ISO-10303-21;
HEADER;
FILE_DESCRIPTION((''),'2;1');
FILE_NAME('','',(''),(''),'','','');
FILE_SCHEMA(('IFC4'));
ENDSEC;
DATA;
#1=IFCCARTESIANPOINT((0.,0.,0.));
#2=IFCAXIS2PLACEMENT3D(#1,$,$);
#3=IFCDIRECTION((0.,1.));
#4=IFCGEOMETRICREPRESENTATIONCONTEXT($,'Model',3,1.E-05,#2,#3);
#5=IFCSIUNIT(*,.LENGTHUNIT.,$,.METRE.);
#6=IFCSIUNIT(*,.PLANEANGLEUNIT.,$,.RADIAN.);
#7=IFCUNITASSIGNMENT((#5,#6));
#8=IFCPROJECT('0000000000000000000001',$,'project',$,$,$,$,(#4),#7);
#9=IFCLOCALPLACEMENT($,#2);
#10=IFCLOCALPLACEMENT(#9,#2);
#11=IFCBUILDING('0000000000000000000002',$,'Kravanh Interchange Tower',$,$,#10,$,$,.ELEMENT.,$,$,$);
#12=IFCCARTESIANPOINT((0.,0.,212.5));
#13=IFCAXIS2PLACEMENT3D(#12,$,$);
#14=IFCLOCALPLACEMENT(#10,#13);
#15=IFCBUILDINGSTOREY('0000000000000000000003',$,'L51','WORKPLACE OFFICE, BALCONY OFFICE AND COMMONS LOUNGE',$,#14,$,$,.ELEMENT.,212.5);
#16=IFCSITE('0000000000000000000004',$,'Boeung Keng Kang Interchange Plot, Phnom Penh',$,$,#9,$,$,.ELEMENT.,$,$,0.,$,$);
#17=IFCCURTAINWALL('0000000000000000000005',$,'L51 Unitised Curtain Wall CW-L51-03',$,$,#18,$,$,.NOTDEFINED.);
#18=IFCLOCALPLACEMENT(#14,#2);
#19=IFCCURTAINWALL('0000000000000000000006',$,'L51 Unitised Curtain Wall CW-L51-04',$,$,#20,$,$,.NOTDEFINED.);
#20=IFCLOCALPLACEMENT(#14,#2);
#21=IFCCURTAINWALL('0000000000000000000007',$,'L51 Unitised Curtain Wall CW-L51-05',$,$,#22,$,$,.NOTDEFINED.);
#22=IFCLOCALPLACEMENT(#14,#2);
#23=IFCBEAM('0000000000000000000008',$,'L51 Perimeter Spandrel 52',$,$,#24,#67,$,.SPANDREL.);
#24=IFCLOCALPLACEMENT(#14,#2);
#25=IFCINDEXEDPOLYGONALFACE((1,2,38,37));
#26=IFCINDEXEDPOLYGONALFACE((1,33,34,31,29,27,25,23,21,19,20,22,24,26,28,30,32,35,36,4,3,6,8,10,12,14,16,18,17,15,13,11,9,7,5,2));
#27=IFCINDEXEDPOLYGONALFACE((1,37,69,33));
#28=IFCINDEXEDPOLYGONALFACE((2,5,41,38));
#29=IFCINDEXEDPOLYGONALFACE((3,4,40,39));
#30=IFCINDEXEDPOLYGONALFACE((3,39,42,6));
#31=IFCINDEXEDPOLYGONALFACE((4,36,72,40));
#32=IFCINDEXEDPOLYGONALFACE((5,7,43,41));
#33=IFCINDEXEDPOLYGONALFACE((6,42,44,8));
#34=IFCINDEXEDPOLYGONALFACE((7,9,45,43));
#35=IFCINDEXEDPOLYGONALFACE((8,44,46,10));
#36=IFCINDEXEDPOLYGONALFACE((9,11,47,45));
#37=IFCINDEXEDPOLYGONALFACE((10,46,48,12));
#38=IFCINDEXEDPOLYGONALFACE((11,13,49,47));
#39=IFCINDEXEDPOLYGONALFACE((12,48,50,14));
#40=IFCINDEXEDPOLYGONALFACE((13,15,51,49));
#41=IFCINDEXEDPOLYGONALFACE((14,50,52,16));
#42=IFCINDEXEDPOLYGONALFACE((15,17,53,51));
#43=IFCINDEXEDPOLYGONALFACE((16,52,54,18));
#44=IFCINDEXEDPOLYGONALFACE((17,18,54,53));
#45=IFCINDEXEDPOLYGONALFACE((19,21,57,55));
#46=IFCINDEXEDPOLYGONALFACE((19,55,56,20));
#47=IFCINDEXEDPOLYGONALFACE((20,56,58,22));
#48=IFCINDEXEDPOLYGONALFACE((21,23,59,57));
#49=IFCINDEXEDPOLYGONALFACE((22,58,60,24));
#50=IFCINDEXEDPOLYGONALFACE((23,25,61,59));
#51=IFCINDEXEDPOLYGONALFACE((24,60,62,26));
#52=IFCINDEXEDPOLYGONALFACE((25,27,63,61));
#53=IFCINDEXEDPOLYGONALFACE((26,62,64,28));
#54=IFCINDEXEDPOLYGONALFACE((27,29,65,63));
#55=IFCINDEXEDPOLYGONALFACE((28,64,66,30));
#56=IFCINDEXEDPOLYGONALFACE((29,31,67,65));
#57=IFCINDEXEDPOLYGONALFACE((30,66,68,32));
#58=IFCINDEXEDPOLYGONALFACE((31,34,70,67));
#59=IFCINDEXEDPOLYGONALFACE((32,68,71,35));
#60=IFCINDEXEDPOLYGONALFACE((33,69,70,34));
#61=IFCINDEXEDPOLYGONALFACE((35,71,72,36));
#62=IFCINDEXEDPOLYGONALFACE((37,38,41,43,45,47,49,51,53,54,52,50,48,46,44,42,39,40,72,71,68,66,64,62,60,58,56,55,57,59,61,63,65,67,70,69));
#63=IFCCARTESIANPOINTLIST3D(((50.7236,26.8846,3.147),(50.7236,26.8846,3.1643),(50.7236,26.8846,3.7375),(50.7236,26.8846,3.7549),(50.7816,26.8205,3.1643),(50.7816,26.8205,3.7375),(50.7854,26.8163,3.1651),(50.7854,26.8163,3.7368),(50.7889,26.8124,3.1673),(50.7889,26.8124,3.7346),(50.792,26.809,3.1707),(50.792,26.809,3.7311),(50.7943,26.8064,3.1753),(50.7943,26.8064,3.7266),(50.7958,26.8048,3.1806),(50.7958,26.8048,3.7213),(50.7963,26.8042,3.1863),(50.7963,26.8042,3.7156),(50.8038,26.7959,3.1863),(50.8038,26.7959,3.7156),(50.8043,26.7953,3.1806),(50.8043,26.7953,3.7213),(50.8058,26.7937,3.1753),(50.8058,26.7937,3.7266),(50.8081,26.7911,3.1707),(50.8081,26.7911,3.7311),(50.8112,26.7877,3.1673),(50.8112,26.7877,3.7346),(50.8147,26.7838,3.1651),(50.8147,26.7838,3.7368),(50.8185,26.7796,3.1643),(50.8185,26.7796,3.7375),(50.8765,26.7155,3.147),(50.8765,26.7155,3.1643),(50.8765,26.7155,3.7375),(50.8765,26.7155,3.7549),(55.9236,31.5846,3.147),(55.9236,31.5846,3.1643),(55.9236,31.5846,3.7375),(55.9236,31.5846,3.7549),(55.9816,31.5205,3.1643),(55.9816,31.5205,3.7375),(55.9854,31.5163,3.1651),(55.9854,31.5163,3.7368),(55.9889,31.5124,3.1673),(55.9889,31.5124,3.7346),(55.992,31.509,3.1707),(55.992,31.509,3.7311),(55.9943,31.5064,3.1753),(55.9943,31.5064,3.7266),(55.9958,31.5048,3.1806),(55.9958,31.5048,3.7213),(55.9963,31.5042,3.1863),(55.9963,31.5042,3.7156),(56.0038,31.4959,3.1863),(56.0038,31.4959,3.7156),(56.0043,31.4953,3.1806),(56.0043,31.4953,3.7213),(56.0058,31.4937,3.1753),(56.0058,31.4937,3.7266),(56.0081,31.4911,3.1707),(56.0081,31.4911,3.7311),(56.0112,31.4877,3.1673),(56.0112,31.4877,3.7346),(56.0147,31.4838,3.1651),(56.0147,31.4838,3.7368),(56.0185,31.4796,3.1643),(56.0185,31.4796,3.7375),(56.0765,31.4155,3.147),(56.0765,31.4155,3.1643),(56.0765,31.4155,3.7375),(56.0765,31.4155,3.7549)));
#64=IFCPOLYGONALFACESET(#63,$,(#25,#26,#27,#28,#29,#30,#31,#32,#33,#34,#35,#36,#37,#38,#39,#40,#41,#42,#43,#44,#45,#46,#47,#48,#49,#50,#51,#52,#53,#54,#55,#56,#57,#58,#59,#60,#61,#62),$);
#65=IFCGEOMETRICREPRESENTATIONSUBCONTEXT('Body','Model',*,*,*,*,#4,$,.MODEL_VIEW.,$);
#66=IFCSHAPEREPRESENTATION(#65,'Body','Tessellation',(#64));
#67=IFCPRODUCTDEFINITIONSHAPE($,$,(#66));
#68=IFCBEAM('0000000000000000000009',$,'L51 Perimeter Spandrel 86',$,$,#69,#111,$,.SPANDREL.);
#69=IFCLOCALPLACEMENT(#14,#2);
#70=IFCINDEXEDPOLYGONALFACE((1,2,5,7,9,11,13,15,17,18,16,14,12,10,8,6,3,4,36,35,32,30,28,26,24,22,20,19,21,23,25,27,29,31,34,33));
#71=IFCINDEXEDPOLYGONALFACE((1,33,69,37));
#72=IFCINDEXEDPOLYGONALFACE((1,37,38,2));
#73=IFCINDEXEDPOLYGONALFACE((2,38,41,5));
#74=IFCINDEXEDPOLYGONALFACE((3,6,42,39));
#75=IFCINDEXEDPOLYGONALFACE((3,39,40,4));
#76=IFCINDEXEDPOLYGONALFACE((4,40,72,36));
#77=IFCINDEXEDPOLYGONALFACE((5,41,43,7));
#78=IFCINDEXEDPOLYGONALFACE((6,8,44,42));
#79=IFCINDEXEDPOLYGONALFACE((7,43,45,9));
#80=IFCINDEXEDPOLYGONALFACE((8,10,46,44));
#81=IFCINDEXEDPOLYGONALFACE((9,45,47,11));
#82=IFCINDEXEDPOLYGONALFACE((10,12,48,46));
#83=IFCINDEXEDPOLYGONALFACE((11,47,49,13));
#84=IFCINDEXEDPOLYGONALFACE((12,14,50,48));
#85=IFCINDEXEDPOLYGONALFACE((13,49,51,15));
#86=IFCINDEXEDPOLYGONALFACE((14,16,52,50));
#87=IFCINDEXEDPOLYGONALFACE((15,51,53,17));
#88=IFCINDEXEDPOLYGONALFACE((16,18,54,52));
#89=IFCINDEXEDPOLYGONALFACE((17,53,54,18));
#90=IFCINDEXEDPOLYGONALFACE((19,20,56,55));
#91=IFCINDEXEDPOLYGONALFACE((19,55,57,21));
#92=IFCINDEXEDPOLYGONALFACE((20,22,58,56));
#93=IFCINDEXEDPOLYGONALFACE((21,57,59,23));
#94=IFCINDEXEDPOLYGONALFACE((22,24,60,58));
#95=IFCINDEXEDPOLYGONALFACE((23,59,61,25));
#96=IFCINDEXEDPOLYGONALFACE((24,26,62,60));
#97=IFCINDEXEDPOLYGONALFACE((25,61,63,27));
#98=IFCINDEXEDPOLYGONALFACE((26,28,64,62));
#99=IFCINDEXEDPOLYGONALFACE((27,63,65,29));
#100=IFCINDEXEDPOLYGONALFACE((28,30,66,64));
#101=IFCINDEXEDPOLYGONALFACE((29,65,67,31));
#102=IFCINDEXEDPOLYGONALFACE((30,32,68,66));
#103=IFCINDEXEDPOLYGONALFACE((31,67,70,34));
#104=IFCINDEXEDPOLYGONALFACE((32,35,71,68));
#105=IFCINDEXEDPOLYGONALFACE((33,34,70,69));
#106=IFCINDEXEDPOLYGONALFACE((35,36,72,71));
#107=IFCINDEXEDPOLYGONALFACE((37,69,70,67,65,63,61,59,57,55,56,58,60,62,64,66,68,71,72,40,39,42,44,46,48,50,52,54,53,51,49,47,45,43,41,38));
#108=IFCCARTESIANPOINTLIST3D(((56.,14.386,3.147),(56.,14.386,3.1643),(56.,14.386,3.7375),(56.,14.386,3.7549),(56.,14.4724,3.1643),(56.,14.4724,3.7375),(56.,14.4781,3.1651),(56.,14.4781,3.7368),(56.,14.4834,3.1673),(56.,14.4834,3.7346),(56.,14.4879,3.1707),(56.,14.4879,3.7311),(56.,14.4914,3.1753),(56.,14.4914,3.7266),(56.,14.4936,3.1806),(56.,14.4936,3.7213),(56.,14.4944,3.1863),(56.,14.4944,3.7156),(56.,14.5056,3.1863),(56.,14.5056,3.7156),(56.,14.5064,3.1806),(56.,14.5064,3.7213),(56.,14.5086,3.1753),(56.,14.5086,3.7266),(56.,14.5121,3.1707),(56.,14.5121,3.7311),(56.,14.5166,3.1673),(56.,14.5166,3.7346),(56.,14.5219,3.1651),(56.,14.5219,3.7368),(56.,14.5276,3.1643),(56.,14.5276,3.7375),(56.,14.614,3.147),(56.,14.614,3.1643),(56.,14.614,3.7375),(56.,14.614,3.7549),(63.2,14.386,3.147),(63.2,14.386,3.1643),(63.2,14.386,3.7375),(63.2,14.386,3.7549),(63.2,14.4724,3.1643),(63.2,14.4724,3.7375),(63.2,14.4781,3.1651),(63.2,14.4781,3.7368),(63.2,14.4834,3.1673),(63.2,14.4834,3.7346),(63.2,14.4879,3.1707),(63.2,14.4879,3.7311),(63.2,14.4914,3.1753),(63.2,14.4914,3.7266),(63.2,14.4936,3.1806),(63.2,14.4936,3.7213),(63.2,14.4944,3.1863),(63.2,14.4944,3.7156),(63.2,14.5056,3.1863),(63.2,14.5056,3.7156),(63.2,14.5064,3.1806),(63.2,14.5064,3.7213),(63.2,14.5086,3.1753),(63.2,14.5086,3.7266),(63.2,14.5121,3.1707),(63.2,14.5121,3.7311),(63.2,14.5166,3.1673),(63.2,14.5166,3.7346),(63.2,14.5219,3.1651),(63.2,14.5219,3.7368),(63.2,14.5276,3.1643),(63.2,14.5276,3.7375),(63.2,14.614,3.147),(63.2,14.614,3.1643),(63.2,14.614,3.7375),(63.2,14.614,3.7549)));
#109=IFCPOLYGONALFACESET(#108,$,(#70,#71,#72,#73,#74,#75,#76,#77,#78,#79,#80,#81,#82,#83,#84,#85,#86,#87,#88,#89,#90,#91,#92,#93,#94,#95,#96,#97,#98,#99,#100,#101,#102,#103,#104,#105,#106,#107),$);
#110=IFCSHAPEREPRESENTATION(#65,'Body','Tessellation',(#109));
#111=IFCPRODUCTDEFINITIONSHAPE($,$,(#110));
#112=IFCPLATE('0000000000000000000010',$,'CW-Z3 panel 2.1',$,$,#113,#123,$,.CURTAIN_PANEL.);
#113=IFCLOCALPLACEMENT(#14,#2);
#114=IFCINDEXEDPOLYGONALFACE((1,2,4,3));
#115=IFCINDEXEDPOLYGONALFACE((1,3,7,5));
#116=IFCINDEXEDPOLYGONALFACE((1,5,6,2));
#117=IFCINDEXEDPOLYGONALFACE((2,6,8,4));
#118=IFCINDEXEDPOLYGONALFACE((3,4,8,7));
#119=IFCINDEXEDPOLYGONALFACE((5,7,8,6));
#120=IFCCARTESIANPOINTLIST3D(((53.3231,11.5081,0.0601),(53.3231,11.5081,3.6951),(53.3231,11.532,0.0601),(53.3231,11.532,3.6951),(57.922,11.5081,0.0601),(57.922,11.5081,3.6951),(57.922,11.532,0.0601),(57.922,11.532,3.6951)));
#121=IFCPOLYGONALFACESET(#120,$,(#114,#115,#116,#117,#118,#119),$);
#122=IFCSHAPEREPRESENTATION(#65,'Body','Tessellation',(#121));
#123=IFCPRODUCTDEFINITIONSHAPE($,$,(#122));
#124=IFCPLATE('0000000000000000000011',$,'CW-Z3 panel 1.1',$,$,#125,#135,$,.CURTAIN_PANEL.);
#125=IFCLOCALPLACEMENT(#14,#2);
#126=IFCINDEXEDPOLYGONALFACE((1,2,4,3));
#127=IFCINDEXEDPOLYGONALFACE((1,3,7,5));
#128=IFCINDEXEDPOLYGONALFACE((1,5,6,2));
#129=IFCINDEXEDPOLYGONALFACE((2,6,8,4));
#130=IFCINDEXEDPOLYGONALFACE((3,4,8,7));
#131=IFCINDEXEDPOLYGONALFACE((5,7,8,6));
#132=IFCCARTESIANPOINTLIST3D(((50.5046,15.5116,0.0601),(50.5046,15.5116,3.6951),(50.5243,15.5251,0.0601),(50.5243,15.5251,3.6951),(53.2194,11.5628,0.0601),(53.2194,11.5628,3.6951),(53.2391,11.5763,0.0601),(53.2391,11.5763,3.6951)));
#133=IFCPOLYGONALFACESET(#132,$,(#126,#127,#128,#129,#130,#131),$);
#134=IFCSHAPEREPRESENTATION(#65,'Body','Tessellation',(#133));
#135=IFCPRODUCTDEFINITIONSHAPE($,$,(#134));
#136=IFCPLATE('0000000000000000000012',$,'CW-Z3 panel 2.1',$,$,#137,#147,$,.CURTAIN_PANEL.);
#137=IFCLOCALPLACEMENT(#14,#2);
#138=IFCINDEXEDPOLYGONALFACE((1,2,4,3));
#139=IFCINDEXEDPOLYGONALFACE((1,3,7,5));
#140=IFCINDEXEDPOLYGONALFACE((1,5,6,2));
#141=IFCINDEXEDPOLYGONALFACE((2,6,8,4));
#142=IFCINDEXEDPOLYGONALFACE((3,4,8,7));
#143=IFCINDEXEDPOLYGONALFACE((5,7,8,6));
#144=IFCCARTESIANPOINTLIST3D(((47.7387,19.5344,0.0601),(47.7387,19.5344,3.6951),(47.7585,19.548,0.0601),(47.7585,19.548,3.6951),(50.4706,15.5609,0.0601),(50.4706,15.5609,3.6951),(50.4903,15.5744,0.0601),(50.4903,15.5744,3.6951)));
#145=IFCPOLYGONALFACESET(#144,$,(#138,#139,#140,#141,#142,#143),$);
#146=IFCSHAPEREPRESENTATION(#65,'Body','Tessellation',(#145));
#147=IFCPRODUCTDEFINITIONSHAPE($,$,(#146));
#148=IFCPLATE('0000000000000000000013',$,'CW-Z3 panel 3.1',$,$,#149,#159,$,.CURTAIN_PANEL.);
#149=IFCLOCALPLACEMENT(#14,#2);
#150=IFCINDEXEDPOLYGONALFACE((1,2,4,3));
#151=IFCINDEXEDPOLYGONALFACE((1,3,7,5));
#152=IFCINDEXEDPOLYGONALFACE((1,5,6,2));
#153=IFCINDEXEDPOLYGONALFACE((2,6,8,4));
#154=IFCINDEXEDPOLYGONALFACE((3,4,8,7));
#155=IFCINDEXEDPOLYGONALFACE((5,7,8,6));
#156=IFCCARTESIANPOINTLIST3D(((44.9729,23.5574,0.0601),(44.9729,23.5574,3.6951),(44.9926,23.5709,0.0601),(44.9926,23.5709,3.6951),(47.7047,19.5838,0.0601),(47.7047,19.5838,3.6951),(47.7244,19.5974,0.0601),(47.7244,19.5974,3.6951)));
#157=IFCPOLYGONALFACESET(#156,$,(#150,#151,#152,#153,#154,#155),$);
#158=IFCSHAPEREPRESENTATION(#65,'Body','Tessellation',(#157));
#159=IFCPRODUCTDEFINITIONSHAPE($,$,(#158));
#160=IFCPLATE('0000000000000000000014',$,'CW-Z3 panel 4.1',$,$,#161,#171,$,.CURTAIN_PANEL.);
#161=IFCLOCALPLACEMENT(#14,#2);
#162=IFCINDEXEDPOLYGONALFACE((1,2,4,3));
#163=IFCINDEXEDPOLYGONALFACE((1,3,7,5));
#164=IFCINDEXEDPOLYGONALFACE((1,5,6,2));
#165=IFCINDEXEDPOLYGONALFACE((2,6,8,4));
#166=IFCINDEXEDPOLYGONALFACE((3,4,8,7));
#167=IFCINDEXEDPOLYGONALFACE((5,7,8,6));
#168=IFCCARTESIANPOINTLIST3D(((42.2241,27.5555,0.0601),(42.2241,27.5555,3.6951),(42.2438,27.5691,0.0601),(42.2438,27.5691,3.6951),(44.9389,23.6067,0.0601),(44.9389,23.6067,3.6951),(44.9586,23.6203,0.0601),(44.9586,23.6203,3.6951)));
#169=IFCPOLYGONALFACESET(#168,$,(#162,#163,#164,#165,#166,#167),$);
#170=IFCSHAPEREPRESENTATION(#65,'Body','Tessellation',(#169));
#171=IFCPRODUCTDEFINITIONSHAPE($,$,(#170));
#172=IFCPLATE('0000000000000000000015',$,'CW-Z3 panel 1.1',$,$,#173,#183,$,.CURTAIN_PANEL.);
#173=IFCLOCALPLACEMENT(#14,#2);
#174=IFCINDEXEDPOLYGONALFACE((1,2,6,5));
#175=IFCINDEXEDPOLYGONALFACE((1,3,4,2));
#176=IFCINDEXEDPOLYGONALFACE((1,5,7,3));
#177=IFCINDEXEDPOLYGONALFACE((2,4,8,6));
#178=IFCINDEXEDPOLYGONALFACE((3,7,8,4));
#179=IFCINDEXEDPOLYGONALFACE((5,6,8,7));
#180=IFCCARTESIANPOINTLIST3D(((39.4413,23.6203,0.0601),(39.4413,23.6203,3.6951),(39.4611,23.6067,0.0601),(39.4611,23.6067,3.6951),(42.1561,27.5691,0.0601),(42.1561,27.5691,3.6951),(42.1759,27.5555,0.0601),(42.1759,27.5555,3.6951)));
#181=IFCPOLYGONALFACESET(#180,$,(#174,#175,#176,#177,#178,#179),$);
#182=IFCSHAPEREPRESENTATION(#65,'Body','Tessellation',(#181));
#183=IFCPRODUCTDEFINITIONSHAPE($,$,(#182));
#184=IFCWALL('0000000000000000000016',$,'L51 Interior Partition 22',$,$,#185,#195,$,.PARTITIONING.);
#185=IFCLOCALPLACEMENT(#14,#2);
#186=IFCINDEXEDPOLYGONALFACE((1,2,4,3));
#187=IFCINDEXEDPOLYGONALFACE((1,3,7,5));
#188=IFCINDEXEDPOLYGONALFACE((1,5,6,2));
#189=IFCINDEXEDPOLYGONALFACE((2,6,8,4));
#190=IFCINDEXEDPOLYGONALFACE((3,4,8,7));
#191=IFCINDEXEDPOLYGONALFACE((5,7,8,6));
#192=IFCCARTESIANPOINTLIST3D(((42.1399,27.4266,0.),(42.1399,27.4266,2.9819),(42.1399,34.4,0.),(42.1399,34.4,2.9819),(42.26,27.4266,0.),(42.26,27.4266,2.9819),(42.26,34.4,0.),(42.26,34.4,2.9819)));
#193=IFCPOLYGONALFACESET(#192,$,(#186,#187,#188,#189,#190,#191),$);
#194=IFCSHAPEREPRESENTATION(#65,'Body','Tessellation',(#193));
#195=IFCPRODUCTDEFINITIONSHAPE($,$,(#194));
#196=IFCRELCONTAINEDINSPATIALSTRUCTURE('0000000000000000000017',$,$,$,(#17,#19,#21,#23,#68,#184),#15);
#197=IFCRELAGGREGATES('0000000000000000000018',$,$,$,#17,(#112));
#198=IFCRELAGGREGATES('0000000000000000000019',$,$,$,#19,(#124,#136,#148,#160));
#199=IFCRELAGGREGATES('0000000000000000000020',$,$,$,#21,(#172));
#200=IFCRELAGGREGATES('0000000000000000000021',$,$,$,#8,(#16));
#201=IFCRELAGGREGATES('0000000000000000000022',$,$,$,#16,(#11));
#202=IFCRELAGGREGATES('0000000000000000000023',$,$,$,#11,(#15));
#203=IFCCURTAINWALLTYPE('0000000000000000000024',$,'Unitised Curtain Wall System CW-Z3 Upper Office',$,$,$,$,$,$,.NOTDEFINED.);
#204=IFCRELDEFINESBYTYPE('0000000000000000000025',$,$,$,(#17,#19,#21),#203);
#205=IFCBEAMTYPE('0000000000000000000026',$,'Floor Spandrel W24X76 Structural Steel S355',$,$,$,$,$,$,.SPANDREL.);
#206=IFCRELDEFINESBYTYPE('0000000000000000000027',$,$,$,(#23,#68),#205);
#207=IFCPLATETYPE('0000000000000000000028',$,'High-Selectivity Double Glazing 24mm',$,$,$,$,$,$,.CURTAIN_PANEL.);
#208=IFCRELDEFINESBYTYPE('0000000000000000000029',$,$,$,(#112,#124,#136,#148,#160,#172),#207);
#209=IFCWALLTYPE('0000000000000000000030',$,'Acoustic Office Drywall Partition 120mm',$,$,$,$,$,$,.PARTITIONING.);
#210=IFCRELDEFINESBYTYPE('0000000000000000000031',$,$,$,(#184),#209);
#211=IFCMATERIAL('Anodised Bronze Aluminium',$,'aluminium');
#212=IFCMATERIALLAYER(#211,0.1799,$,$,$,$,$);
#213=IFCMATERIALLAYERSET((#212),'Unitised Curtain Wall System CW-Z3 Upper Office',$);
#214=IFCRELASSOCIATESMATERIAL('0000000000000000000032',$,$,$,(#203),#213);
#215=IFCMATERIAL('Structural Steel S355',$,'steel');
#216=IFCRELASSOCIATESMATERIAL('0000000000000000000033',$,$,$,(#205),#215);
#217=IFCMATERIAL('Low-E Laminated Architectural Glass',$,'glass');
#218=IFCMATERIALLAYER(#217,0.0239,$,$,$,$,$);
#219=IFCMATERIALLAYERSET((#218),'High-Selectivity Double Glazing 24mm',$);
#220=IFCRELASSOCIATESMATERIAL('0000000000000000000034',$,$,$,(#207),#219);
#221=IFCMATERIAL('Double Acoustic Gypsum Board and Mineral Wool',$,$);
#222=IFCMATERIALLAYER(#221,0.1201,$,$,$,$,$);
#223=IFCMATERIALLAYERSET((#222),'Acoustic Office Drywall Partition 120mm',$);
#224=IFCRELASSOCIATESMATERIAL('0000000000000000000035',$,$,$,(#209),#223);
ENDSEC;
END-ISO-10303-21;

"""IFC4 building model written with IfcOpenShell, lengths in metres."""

from ifc_helpers import new_model, si_unit, direction, frame, frame_2d, origin, origin_2d, place, context, subcontext, project, spatial, rectangle, i_section, extrude, material, layer, layer_set, material_profile, profile_set, type_object, element, aggregate, save


model = new_model("IFC4")

# Units and contexts
model_context = context("Model", 3, precision=1e-05, world=origin(), true_north=direction((0.0, 1.0)))
body_context = subcontext(model_context, "Body", "Model", "MODEL_VIEW")
ifc_project = project(units=[si_unit("LENGTHUNIT", "METRE"), si_unit("PLANEANGLEUNIT", "RADIAN")], contexts=[model_context])

# Site, building, storey
site_placement = place(None, origin())
site = spatial("IfcSite", under=ifc_project, at=site_placement, Name="Boeung Keng Kang Interchange Plot, Phnom Penh", CompositionType="ELEMENT", RefElevation=0.0)
building_placement = place(site_placement, origin())
building = spatial("IfcBuilding", under=site, at=building_placement, Name="Kravanh Interchange Tower", CompositionType="ELEMENT")
storey_placement = place(building_placement, frame((0.0, 0.0, 212.5)))
storey = spatial("IfcBuildingStorey", under=building, at=storey_placement, Name="L51", Description="WORKPLACE OFFICE, BALCONY OFFICE AND COMMONS LOUNGE", CompositionType="ELEMENT", Elevation=212.5)

# Curtain wall
ifc_material_1 = material(Name="Anodised Bronze Aluminium", Category="aluminium")
ifc_layer_1 = layer(ifc_material_1, 0.1799)
ifc_layer_set_1 = layer_set([ifc_layer_1], Name="Unitised Curtain Wall System CW-Z3 Upper Office")
curtain_wall_type = type_object("IfcCurtainWallType", Name="Unitised Curtain Wall System CW-Z3 Upper Office", PredefinedType="NOTDEFINED", material=ifc_layer_set_1)
curtain_wall_1_placement = place(storey_placement, origin())
curtain_wall_1 = element("IfcCurtainWall", 1, at=curtain_wall_1_placement, inside=storey, type_object=curtain_wall_type, Name="L51 Unitised Curtain Wall CW-L51-03", PredefinedType="NOTDEFINED")

# Curtain walls
curtain_wall_2_placement = place(storey_placement, origin())
curtain_wall_2 = element("IfcCurtainWall", 2, at=curtain_wall_2_placement, inside=storey, type_object=curtain_wall_type, Name="L51 Unitised Curtain Wall CW-L51-04", PredefinedType="NOTDEFINED")
curtain_wall_3_placement = place(storey_placement, origin())
curtain_wall_3 = element("IfcCurtainWall", 3, at=curtain_wall_3_placement, inside=storey, type_object=curtain_wall_type, Name="L51 Unitised Curtain Wall CW-L51-05", PredefinedType="NOTDEFINED")

# Beams
ifc_material_2 = material(Name="Structural Steel S355", Category="steel")
ifc_material_profile_1 = material_profile(ifc_material_2, i_section(OverallWidth=0.228, OverallDepth=0.6079, WebThickness=0.0112, FlangeThickness=0.0173, FilletRadius=0.022, at=origin_2d()), Name="W24X76")
ifc_profile_set_1 = profile_set([ifc_material_profile_1], Name="Structural Steel S355")
beam_type_1 = type_object("IfcBeamType", Name="Floor Spandrel W24X76 Structural Steel S355", PredefinedType="SPANDREL", material=ifc_profile_set_1)
beam_1_placement = place(storey_placement, frame((50.8, 26.8, 3.4509), z_axis=(0.741874, 0.670539, 0.0), x_axis=(-0.670539, 0.741874, 0.0)))
element("IfcBeam", 4, at=beam_1_placement, inside=storey, type_object=beam_type_1, Name="L51 Perimeter Spandrel 52", PredefinedType="SPANDREL", context=body_context, shape_type="SweptSolid", body=[
    extrude(i_section(OverallWidth=0.228, OverallDepth=0.6079, WebThickness=0.0112, FlangeThickness=0.0173, FilletRadius=0.022, at=origin_2d()), origin(), (0.0, 0.0, 1.0), 7.0093),
])
beam_2_placement = place(storey_placement, frame((56.0, 14.5, 3.4509), z_axis=(1.0, 0.0, 0.0), x_axis=(0.0, 1.0, 0.0)))
element("IfcBeam", 5, at=beam_2_placement, inside=storey, type_object=beam_type_1, Name="L51 Perimeter Spandrel 86", PredefinedType="SPANDREL", context=body_context, shape_type="SweptSolid", body=[
    extrude(i_section(OverallWidth=0.228, OverallDepth=0.6079, WebThickness=0.0112, FlangeThickness=0.0173, FilletRadius=0.022, at=origin_2d()), origin(), (0.0, 0.0, 1.0), 7.2),
])

# Plates
ifc_material_3 = material(Name="Low-E Laminated Architectural Glass", Category="glass")
ifc_layer_2 = layer(ifc_material_3, 0.0239)
ifc_layer_set_2 = layer_set([ifc_layer_2], Name="High-Selectivity Double Glazing 24mm")
plate_type = type_object("IfcPlateType", Name="High-Selectivity Double Glazing 24mm", PredefinedType="CURTAIN_PANEL", material=ifc_layer_set_2)
plate_1_placement = place(storey_placement, frame((55.6226, 11.52, 0.0601), z_axis=(0.0, 0.0, 1.0), x_axis=(-1.0, 0.0, 0.0)))
plate_1 = element("IfcPlate", 6, at=plate_1_placement, type_object=plate_type, Name="CW-Z3 panel 2.1", PredefinedType="CURTAIN_PANEL", context=body_context, shape_type="SweptSolid", body=[
    extrude(rectangle(XDim=4.5989, YDim=0.0239, at=origin_2d()), origin(), (0.0, 0.0, 1.0), 3.635),
])
aggregate(curtain_wall_1, [plate_1])
plate_2_placement = place(storey_placement, frame((51.8718, 13.5439, 0.0601), z_axis=(0.0, 0.0, 1.0), x_axis=(-0.566528, 0.824042, 0.0)))
plate_2 = element("IfcPlate", 7, at=plate_2_placement, type_object=plate_type, Name="CW-Z3 panel 1.1", PredefinedType="CURTAIN_PANEL", context=body_context, shape_type="SweptSolid", body=[
    extrude(rectangle(XDim=4.792, YDim=0.0239, at=origin_2d()), origin(), (0.0, 0.0, 1.0), 3.635),
])
plate_3_placement = place(storey_placement, frame((49.1145, 17.5544, 0.0601), z_axis=(0.0, 0.0, 1.0), x_axis=(-0.566528, 0.824042, 0.0)))
plate_3 = element("IfcPlate", 8, at=plate_3_placement, type_object=plate_type, Name="CW-Z3 panel 2.1", PredefinedType="CURTAIN_PANEL", context=body_context, shape_type="SweptSolid", body=[
    extrude(rectangle(XDim=4.822, YDim=0.0239, at=origin_2d()), origin(), (0.0, 0.0, 1.0), 3.635),
])
plate_4_placement = place(storey_placement, frame((46.3486, 21.5774, 0.0601), z_axis=(0.0, 0.0, 1.0), x_axis=(-0.566528, 0.824042, 0.0)))
plate_4 = element("IfcPlate", 9, at=plate_4_placement, type_object=plate_type, Name="CW-Z3 panel 3.1", PredefinedType="CURTAIN_PANEL", context=body_context, shape_type="SweptSolid", body=[
    extrude(rectangle(XDim=4.822, YDim=0.0239, at=origin_2d()), origin(), (0.0, 0.0, 1.0), 3.635),
])
plate_5_placement = place(storey_placement, frame((43.5913, 25.5879, 0.0601), z_axis=(0.0, 0.0, 1.0), x_axis=(-0.566528, 0.824042, 0.0)))
plate_5 = element("IfcPlate", 10, at=plate_5_placement, type_object=plate_type, Name="CW-Z3 panel 4.1", PredefinedType="CURTAIN_PANEL", context=body_context, shape_type="SweptSolid", body=[
    extrude(rectangle(XDim=4.792, YDim=0.0239, at=origin_2d()), origin(), (0.0, 0.0, 1.0), 3.635),
])
aggregate(curtain_wall_2, [plate_2, plate_3, plate_4, plate_5])
plate_6_placement = place(storey_placement, frame((40.8086, 25.5879, 0.0601), z_axis=(0.0, 0.0, 1.0), x_axis=(-0.566528, -0.824042, 0.0)))
plate_6 = element("IfcPlate", 11, at=plate_6_placement, type_object=plate_type, Name="CW-Z3 panel 1.1", PredefinedType="CURTAIN_PANEL", context=body_context, shape_type="SweptSolid", body=[
    extrude(rectangle(XDim=4.792, YDim=0.0239, at=origin_2d()), origin(), (0.0, 0.0, 1.0), 3.635),
])
aggregate(curtain_wall_3, [plate_6])

# Wall
ifc_material_4 = material(Name="Double Acoustic Gypsum Board and Mineral Wool")
ifc_layer_3 = layer(ifc_material_4, 0.1201)
ifc_layer_set_3 = layer_set([ifc_layer_3], Name="Acoustic Office Drywall Partition 120mm")
wall_type = type_object("IfcWallType", Name="Acoustic Office Drywall Partition 120mm", PredefinedType="PARTITIONING", material=ifc_layer_set_3)
wall_1_placement = place(storey_placement, frame((42.2, 27.4265, 0.0), z_axis=(0.0, 0.0, 1.0), x_axis=(0.0, 1.0, 0.0)))
element("IfcWall", 12, at=wall_1_placement, inside=storey, type_object=wall_type, Name="L51 Interior Partition 22", PredefinedType="PARTITIONING", context=body_context, shape_type="SweptSolid", body=[
    extrude(rectangle(XDim=6.9734, YDim=0.1201, at=frame_2d((3.4868, 0.0))), origin(), (0.0, 0.0, 1.0), 2.9819),
])

save(model, "model.ifc")
